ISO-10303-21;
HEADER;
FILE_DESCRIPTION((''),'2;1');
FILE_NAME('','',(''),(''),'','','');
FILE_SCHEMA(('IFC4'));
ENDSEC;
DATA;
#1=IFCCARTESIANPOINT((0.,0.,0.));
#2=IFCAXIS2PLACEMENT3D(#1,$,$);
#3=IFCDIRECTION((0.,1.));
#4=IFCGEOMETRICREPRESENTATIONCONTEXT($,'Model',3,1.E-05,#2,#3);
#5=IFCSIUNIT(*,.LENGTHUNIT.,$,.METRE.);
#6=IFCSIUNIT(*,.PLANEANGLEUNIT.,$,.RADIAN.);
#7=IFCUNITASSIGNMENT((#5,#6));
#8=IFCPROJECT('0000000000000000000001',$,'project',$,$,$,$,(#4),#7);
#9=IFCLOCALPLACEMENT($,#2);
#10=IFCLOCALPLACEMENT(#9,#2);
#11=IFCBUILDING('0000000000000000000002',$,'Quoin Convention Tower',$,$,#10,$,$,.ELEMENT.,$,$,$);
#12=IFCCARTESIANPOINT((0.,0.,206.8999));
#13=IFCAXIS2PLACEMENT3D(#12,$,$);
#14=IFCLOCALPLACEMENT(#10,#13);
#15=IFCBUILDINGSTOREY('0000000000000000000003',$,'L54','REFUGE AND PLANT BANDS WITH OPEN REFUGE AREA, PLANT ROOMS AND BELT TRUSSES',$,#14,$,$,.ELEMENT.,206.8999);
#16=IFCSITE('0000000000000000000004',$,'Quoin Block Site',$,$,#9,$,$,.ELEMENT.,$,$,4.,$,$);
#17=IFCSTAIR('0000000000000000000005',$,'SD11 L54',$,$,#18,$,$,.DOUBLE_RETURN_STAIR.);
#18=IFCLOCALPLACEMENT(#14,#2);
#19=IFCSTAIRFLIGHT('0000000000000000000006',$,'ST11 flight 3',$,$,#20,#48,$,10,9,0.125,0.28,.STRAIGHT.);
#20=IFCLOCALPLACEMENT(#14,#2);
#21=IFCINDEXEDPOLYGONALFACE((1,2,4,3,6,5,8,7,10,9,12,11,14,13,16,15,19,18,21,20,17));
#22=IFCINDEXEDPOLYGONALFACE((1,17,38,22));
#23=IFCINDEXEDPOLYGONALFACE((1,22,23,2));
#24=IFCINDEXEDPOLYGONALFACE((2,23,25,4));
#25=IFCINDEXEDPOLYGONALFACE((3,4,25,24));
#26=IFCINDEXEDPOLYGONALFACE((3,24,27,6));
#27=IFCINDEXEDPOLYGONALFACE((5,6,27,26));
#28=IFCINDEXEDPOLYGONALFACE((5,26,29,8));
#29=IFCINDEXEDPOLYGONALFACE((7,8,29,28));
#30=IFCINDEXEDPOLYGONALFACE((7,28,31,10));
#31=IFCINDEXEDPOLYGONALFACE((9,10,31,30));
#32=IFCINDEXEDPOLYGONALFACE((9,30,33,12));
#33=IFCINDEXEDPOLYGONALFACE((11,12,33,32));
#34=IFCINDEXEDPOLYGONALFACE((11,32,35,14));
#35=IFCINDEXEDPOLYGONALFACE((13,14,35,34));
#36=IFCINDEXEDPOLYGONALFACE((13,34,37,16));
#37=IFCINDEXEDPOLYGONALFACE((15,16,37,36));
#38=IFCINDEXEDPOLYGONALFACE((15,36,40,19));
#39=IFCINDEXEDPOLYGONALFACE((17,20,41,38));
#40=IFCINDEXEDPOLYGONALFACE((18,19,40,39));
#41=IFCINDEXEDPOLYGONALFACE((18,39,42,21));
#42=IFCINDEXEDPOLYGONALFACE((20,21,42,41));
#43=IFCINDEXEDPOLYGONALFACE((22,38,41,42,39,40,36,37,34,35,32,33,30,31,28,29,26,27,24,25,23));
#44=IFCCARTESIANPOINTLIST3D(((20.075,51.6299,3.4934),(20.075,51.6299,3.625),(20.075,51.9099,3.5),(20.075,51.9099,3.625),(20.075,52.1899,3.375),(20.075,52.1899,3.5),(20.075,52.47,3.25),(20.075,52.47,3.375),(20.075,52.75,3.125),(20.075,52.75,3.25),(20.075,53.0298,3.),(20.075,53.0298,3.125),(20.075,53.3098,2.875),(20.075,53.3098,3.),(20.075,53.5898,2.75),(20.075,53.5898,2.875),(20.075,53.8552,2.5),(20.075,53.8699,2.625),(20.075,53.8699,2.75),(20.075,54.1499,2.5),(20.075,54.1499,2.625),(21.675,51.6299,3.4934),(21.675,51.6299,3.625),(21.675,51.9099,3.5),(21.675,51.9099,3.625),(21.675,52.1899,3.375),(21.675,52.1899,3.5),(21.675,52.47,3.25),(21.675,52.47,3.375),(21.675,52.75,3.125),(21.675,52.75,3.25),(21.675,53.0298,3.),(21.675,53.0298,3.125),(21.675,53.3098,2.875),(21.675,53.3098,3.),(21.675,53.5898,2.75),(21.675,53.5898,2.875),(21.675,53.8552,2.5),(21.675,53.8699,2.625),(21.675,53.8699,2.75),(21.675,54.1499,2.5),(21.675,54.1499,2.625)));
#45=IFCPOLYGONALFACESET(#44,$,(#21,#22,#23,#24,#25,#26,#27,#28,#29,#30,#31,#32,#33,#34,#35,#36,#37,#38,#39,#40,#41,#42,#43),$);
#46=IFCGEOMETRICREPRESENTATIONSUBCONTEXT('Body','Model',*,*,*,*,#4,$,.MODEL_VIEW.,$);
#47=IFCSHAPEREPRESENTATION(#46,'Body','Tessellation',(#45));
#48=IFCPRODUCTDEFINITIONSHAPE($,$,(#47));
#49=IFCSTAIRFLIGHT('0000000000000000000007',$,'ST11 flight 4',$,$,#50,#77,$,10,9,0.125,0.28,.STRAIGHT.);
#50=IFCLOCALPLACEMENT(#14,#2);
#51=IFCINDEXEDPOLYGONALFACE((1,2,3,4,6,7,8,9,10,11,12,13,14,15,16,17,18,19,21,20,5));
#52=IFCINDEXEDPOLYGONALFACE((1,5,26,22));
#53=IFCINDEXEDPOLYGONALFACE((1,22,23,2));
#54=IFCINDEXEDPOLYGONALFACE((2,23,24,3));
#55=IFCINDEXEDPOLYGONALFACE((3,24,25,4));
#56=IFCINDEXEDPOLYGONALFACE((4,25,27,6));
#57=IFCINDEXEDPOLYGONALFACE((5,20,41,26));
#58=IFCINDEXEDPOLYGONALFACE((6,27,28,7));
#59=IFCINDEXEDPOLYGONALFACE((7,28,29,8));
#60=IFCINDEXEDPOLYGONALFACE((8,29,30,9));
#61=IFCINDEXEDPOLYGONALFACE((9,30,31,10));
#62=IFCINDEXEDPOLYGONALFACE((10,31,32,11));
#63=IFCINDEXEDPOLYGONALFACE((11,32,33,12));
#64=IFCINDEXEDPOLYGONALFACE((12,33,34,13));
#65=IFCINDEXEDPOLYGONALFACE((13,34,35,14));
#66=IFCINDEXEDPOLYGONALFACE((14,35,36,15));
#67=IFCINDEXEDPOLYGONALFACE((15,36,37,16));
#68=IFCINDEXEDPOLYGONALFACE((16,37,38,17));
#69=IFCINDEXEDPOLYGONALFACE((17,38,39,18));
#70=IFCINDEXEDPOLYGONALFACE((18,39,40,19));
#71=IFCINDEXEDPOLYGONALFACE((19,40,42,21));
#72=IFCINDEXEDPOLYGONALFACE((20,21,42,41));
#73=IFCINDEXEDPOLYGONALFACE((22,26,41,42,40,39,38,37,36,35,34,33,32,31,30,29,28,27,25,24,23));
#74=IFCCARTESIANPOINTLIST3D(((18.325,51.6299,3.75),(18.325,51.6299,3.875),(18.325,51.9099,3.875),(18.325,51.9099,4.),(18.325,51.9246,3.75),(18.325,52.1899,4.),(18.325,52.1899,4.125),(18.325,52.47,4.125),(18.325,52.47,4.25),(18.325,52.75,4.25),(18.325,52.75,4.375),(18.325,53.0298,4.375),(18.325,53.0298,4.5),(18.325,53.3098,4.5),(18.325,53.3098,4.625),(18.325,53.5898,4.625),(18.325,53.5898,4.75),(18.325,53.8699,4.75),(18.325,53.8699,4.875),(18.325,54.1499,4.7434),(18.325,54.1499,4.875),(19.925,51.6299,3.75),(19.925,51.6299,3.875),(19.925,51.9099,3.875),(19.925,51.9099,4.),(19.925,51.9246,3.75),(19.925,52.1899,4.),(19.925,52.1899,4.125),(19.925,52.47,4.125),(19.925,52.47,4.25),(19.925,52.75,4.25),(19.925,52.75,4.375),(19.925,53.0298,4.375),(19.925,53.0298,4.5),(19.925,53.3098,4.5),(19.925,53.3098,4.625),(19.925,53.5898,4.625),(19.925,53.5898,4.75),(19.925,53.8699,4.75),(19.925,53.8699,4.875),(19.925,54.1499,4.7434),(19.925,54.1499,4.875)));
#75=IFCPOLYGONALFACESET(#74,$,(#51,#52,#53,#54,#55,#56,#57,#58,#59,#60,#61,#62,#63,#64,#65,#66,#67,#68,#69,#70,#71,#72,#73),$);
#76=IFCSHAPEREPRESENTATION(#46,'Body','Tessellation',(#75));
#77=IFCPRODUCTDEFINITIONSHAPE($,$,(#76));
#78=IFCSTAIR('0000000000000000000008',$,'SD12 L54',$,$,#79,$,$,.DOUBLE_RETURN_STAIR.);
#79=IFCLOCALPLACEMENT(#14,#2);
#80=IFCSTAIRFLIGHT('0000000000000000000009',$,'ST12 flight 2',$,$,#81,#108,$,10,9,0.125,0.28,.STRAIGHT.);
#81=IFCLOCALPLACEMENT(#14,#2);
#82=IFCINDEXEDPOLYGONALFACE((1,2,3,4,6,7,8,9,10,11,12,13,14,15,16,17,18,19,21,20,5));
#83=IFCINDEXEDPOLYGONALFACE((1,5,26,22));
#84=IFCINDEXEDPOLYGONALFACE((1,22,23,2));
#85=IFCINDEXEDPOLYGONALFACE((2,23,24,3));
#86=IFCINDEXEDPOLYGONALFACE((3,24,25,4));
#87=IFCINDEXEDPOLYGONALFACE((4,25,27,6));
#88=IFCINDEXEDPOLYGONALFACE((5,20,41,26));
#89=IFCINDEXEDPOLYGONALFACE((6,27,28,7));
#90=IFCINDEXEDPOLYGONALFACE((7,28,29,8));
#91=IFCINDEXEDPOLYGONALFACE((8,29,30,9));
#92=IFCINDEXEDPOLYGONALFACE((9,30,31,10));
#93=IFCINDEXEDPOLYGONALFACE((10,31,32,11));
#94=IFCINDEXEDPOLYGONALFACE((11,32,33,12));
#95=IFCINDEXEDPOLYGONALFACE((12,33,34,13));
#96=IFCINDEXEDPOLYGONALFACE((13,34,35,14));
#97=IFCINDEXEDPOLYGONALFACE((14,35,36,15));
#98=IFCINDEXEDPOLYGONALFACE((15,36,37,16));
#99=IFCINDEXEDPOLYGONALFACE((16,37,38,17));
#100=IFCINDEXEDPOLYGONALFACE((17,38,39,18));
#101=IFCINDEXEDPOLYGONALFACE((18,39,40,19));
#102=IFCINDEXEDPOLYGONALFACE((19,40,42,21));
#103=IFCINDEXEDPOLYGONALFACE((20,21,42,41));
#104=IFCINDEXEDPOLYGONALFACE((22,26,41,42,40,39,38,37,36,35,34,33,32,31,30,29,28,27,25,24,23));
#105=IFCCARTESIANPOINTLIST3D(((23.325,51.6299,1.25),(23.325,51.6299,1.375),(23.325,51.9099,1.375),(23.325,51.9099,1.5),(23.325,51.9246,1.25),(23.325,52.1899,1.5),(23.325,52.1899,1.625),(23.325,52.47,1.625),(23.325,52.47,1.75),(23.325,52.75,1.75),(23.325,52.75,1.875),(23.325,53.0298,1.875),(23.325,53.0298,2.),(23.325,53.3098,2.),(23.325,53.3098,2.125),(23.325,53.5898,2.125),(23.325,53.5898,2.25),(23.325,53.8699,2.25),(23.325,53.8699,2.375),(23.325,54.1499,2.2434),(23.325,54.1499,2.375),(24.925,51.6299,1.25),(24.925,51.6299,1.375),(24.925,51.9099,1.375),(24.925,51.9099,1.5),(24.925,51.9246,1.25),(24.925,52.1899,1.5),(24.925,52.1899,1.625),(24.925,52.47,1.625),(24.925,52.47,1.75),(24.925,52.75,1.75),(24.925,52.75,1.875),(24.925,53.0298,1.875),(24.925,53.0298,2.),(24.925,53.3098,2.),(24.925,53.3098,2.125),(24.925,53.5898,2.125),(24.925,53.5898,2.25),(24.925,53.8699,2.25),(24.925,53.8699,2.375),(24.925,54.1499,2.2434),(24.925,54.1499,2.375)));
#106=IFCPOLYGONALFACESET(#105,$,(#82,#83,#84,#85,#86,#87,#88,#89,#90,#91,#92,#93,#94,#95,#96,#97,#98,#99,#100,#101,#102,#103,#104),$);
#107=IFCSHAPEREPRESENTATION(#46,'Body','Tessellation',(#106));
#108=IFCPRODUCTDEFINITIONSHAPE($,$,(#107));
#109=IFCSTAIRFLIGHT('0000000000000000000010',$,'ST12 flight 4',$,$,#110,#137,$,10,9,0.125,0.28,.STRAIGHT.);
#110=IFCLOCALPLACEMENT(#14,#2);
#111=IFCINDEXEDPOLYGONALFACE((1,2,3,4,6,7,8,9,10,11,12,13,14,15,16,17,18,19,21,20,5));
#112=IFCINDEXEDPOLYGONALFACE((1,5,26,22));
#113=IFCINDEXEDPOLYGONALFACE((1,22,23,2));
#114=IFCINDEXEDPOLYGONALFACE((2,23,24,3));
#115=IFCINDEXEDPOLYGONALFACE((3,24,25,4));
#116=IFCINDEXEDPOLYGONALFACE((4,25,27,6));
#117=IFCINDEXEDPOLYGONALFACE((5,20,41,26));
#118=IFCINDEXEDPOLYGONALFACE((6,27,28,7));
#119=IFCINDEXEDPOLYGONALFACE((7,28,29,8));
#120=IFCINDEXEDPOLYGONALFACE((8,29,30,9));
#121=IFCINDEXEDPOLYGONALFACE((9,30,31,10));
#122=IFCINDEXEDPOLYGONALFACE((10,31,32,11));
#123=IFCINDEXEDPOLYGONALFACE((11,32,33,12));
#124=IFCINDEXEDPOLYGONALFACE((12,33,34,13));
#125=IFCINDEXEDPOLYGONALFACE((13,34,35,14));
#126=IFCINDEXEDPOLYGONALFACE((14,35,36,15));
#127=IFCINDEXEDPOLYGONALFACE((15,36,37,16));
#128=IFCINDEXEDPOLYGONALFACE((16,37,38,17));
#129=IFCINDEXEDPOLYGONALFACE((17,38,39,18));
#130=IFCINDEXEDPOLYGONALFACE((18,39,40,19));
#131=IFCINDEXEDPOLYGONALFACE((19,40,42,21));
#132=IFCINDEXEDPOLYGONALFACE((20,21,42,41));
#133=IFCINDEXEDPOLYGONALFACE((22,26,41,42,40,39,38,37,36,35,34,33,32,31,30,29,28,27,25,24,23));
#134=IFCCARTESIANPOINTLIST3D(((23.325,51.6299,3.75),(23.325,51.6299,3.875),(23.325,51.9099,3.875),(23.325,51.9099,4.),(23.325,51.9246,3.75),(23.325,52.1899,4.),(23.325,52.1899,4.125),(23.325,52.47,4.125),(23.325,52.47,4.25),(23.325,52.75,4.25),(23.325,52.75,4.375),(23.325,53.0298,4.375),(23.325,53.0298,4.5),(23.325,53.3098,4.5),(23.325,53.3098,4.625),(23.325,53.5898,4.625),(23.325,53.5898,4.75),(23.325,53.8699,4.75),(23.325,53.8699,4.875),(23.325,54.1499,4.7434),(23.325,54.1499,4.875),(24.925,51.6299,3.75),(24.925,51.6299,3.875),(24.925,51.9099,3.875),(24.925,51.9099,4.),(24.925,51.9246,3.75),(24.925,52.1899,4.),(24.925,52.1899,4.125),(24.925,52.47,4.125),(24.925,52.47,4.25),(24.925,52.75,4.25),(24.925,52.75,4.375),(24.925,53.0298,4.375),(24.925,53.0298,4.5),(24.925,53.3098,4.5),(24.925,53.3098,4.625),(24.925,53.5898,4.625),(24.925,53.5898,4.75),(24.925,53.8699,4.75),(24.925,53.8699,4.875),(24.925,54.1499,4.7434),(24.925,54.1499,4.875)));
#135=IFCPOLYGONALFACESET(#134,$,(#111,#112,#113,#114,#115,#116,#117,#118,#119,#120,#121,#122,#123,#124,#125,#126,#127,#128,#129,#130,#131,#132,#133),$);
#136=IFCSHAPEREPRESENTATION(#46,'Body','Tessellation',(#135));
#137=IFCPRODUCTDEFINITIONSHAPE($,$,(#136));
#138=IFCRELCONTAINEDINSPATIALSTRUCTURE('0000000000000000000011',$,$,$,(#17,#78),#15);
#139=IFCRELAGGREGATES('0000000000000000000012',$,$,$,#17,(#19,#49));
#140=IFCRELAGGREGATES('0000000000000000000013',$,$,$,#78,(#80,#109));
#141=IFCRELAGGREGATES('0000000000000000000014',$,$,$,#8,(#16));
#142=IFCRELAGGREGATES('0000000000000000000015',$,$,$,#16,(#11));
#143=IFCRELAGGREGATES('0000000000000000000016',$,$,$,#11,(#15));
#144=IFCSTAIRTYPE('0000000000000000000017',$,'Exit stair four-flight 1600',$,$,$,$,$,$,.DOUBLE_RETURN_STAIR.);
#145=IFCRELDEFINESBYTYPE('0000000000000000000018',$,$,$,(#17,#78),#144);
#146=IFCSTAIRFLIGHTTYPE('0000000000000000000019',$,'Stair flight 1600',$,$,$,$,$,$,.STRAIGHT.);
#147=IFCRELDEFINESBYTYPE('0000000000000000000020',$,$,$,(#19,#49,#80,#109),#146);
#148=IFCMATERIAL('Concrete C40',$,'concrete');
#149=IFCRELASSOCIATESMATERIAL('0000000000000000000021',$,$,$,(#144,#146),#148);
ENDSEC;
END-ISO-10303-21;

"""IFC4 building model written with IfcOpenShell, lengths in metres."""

from ifc_helpers import new_model, si_unit, direction, frame, origin, place, context, subcontext, project, spatial, polyline, outline, extrude, material, type_object, element, aggregate, save


model = new_model("IFC4")

# Units and contexts
model_context = context("Model", 3, precision=1e-05, world=origin(), true_north=direction((0.0, 1.0)))
body_context = subcontext(model_context, "Body", "Model", "MODEL_VIEW")
ifc_project = project(units=[si_unit("LENGTHUNIT", "METRE"), si_unit("PLANEANGLEUNIT", "RADIAN")], contexts=[model_context])

# Site, building, storey
site_placement = place(None, origin())
site = spatial("IfcSite", under=ifc_project, at=site_placement, Name="Quoin Block Site", CompositionType="ELEMENT", RefElevation=4.0)
building_placement = place(site_placement, origin())
building = spatial("IfcBuilding", under=site, at=building_placement, Name="Quoin Convention Tower", CompositionType="ELEMENT")
storey_placement = place(building_placement, frame((0.0, 0.0, 206.8999)))
storey = spatial("IfcBuildingStorey", under=building, at=storey_placement, Name="L54", Description="REFUGE AND PLANT BANDS WITH OPEN REFUGE AREA, PLANT ROOMS AND BELT TRUSSES", CompositionType="ELEMENT", Elevation=206.8999)

# Stairs, stair flights
ifc_material_1 = material(Name="Concrete C40", Category="concrete")
stair_type = type_object("IfcStairType", Name="Exit stair four-flight 1600", PredefinedType="DOUBLE_RETURN_STAIR", material=ifc_material_1)
stair_1_placement = place(storey_placement, origin())
stair_1 = element("IfcStair", 1, at=stair_1_placement, inside=storey, type_object=stair_type, Name="SD11 L54", PredefinedType="DOUBLE_RETURN_STAIR")
stair_flight_type = type_object("IfcStairFlightType", Name="Stair flight 1600", PredefinedType="STRAIGHT", material=ifc_material_1)
stair_flight_1_placement = place(storey_placement, frame((20.875, 54.1499, 2.5), z_axis=(0.0, 0.0, 1.0), x_axis=(0.0, -1.0, 0.0)))
stair_flight_1 = element("IfcStairFlight", 2, at=stair_flight_1_placement, type_object=stair_flight_type, Name="ST11 flight 3", NumberOfRisers=10, NumberOfTreads=9, PredefinedType="STRAIGHT", RiserHeight=0.125, TreadLength=0.28, context=body_context, shape_type="SweptSolid", body=[
    extrude(outline(polyline([(0.0, 0.0), (0.0, 0.125), (0.28, 0.125), (0.28, 0.25), (0.5601, 0.25), (0.5601, 0.375), (0.8401, 0.375), (0.8401, 0.5), (1.1201, 0.5), (1.1201, 0.625), (1.3999, 0.625), (1.3999, 0.75), (1.6799, 0.75), (1.6799, 0.875), (1.96, 0.875), (1.96, 1.0), (2.24, 1.0), (2.24, 1.125), (2.52, 1.125), (2.52, 1.25), (2.52, 0.9934), (0.2947, 0.0), (0.0, 0.0)])), frame((0.0, 0.8, 0.0), z_axis=(0.0, -1.0, 0.0), x_axis=(1.0, 0.0, 0.0)), (0.0, 0.0, 1.0), 1.6001),
])
stair_flight_2_placement = place(storey_placement, frame((19.125, 51.6299, 3.75), z_axis=(0.0, 0.0, 1.0), x_axis=(0.0, 1.0, 0.0)))
stair_flight_2 = element("IfcStairFlight", 3, at=stair_flight_2_placement, type_object=stair_flight_type, Name="ST11 flight 4", NumberOfRisers=10, NumberOfTreads=9, PredefinedType="STRAIGHT", RiserHeight=0.125, TreadLength=0.28, context=body_context, shape_type="SweptSolid", body=[
    extrude(outline(polyline([(0.0, 0.0), (0.0, 0.125), (0.28, 0.125), (0.28, 0.25), (0.5601, 0.25), (0.5601, 0.375), (0.8401, 0.375), (0.8401, 0.5), (1.1201, 0.5), (1.1201, 0.625), (1.3999, 0.625), (1.3999, 0.75), (1.6799, 0.75), (1.6799, 0.875), (1.96, 0.875), (1.96, 1.0), (2.24, 1.0), (2.24, 1.125), (2.52, 1.125), (2.52, 1.25), (2.52, 0.9934), (0.2947, 0.0), (0.0, 0.0)])), frame((0.0, 0.8, 0.0), z_axis=(0.0, -1.0, 0.0), x_axis=(1.0, 0.0, 0.0)), (0.0, 0.0, 1.0), 1.6001),
])
aggregate(stair_1, [stair_flight_1, stair_flight_2])
stair_2_placement = place(storey_placement, origin())
stair_2 = element("IfcStair", 4, at=stair_2_placement, inside=storey, type_object=stair_type, Name="SD12 L54", PredefinedType="DOUBLE_RETURN_STAIR")
stair_flight_3_placement = place(storey_placement, frame((24.125, 51.6299, 1.25), z_axis=(0.0, 0.0, 1.0), x_axis=(0.0, 1.0, 0.0)))
stair_flight_3 = element("IfcStairFlight", 5, at=stair_flight_3_placement, type_object=stair_flight_type, Name="ST12 flight 2", NumberOfRisers=10, NumberOfTreads=9, PredefinedType="STRAIGHT", RiserHeight=0.125, TreadLength=0.28, context=body_context, shape_type="SweptSolid", body=[
    extrude(outline(polyline([(0.0, 0.0), (0.0, 0.125), (0.28, 0.125), (0.28, 0.25), (0.5601, 0.25), (0.5601, 0.375), (0.8401, 0.375), (0.8401, 0.5), (1.1201, 0.5), (1.1201, 0.625), (1.3999, 0.625), (1.3999, 0.75), (1.6799, 0.75), (1.6799, 0.875), (1.96, 0.875), (1.96, 1.0), (2.24, 1.0), (2.24, 1.125), (2.52, 1.125), (2.52, 1.25), (2.52, 0.9934), (0.2947, 0.0), (0.0, 0.0)])), frame((0.0, 0.8, 0.0), z_axis=(0.0, -1.0, 0.0), x_axis=(1.0, 0.0, 0.0)), (0.0, 0.0, 1.0), 1.6001),
])
stair_flight_4_placement = place(storey_placement, frame((24.125, 51.6299, 3.75), z_axis=(0.0, 0.0, 1.0), x_axis=(0.0, 1.0, 0.0)))
stair_flight_4 = element("IfcStairFlight", 6, at=stair_flight_4_placement, type_object=stair_flight_type, Name="ST12 flight 4", NumberOfRisers=10, NumberOfTreads=9, PredefinedType="STRAIGHT", RiserHeight=0.125, TreadLength=0.28, context=body_context, shape_type="SweptSolid", body=[
    extrude(outline(polyline([(0.0, 0.0), (0.0, 0.125), (0.28, 0.125), (0.28, 0.25), (0.5601, 0.25), (0.5601, 0.375), (0.8401, 0.375), (0.8401, 0.5), (1.1201, 0.5), (1.1201, 0.625), (1.3999, 0.625), (1.3999, 0.75), (1.6799, 0.75), (1.6799, 0.875), (1.96, 0.875), (1.96, 1.0), (2.24, 1.0), (2.24, 1.125), (2.52, 1.125), (2.52, 1.25), (2.52, 0.9934), (0.2947, 0.0), (0.0, 0.0)])), frame((0.0, 0.8, 0.0), z_axis=(0.0, -1.0, 0.0), x_axis=(1.0, 0.0, 0.0)), (0.0, 0.0, 1.0), 1.6001),
])
aggregate(stair_2, [stair_flight_3, stair_flight_4])

save(model, "model.ifc")
